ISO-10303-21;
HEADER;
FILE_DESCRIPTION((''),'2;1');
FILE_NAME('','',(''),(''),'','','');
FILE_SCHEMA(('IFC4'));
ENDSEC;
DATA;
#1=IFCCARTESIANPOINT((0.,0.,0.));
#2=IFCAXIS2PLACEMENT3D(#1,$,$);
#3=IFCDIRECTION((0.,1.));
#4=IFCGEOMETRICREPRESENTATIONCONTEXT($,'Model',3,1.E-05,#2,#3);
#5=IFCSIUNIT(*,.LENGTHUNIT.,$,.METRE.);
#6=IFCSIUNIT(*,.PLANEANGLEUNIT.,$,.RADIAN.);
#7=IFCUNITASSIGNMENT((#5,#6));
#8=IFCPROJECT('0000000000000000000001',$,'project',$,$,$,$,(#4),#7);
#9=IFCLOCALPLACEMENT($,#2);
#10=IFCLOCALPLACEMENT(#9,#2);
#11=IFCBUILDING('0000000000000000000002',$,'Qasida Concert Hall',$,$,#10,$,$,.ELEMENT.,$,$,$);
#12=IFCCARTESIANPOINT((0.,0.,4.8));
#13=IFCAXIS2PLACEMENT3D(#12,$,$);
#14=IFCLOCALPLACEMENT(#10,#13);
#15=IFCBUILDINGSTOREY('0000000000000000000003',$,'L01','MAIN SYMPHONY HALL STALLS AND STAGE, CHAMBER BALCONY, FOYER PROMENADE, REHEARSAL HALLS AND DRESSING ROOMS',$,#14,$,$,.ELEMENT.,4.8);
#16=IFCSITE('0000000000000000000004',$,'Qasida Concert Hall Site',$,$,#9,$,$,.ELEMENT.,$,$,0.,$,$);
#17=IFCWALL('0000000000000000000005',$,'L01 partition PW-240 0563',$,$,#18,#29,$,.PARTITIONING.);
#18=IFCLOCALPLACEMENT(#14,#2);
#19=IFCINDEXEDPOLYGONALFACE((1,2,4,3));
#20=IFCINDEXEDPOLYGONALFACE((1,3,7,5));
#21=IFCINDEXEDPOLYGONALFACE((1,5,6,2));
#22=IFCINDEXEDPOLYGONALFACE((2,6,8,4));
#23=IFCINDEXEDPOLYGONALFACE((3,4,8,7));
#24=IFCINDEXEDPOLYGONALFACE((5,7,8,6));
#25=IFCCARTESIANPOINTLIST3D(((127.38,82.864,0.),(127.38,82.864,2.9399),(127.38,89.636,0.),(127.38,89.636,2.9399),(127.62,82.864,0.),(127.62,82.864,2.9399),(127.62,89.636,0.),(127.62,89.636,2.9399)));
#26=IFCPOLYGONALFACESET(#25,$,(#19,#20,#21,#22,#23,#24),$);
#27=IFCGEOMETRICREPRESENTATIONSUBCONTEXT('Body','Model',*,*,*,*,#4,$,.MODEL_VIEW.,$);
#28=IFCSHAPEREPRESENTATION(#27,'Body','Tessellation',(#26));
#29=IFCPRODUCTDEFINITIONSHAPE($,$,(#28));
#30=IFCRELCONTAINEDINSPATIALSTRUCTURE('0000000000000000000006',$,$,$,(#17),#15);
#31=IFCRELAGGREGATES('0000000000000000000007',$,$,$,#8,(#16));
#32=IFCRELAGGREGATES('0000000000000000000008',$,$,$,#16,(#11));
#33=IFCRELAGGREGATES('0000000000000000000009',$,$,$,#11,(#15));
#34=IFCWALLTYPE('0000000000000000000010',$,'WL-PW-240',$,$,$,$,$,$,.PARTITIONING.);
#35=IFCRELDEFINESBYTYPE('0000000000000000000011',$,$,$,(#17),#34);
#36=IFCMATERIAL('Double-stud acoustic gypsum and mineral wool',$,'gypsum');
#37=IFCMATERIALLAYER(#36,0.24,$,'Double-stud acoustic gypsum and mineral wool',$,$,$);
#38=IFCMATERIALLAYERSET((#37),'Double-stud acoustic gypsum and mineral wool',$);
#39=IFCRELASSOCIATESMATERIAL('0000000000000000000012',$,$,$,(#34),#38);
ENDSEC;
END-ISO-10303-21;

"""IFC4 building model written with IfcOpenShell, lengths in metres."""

from ifc_helpers import new_model, si_unit, direction, frame, frame_2d, origin, place, context, subcontext, project, spatial, rectangle, extrude, material, layer, layer_set, type_object, element, save


model = new_model("IFC4")

# Units and contexts
model_context = context("Model", 3, precision=1e-05, world=origin(), true_north=direction((0.0, 1.0)))
body_context = subcontext(model_context, "Body", "Model", "MODEL_VIEW")
ifc_project = project(units=[si_unit("LENGTHUNIT", "METRE"), si_unit("PLANEANGLEUNIT", "RADIAN")], contexts=[model_context])

# Site, building, storey
site_placement = place(None, origin())
site = spatial("IfcSite", under=ifc_project, at=site_placement, Name="Qasida Concert Hall Site", CompositionType="ELEMENT", RefElevation=0.0)
building_placement = place(site_placement, origin())
building = spatial("IfcBuilding", under=site, at=building_placement, Name="Qasida Concert Hall", CompositionType="ELEMENT")
storey_placement = place(building_placement, frame((0.0, 0.0, 4.8)))
storey = spatial("IfcBuildingStorey", under=building, at=storey_placement, Name="L01", Description="MAIN SYMPHONY HALL STALLS AND STAGE, CHAMBER BALCONY, FOYER PROMENADE, REHEARSAL HALLS AND DRESSING ROOMS", CompositionType="ELEMENT", Elevation=4.8)

# Shared definitions
ifc_material_1 = material(Name="Double-stud acoustic gypsum and mineral wool", Category="gypsum")
ifc_layer_1 = layer(ifc_material_1, 0.24, Name="Double-stud acoustic gypsum and mineral wool")
ifc_layer_set_1 = layer_set([ifc_layer_1], Name="Double-stud acoustic gypsum and mineral wool")
wall_type_1 = type_object("IfcWallType", Name="WL-PW-240", PredefinedType="PARTITIONING", material=ifc_layer_set_1)

# Wall
wall_1_placement = place(storey_placement, frame((127.5, 82.864, 0.0), z_axis=(0.0, 0.0, 1.0), x_axis=(0.0, 1.0, 0.0)))
element("IfcWall", 1, at=wall_1_placement, inside=storey, type_object=wall_type_1, Name="L01 partition PW-240 0563", PredefinedType="PARTITIONING", context=body_context, shape_type="SweptSolid", body=[
    extrude(rectangle(XDim=6.772, YDim=0.24, at=frame_2d((3.386, 0.0))), origin(), (0.0, 0.0, 1.0), 2.9399),
])

save(model, "model.ifc")
